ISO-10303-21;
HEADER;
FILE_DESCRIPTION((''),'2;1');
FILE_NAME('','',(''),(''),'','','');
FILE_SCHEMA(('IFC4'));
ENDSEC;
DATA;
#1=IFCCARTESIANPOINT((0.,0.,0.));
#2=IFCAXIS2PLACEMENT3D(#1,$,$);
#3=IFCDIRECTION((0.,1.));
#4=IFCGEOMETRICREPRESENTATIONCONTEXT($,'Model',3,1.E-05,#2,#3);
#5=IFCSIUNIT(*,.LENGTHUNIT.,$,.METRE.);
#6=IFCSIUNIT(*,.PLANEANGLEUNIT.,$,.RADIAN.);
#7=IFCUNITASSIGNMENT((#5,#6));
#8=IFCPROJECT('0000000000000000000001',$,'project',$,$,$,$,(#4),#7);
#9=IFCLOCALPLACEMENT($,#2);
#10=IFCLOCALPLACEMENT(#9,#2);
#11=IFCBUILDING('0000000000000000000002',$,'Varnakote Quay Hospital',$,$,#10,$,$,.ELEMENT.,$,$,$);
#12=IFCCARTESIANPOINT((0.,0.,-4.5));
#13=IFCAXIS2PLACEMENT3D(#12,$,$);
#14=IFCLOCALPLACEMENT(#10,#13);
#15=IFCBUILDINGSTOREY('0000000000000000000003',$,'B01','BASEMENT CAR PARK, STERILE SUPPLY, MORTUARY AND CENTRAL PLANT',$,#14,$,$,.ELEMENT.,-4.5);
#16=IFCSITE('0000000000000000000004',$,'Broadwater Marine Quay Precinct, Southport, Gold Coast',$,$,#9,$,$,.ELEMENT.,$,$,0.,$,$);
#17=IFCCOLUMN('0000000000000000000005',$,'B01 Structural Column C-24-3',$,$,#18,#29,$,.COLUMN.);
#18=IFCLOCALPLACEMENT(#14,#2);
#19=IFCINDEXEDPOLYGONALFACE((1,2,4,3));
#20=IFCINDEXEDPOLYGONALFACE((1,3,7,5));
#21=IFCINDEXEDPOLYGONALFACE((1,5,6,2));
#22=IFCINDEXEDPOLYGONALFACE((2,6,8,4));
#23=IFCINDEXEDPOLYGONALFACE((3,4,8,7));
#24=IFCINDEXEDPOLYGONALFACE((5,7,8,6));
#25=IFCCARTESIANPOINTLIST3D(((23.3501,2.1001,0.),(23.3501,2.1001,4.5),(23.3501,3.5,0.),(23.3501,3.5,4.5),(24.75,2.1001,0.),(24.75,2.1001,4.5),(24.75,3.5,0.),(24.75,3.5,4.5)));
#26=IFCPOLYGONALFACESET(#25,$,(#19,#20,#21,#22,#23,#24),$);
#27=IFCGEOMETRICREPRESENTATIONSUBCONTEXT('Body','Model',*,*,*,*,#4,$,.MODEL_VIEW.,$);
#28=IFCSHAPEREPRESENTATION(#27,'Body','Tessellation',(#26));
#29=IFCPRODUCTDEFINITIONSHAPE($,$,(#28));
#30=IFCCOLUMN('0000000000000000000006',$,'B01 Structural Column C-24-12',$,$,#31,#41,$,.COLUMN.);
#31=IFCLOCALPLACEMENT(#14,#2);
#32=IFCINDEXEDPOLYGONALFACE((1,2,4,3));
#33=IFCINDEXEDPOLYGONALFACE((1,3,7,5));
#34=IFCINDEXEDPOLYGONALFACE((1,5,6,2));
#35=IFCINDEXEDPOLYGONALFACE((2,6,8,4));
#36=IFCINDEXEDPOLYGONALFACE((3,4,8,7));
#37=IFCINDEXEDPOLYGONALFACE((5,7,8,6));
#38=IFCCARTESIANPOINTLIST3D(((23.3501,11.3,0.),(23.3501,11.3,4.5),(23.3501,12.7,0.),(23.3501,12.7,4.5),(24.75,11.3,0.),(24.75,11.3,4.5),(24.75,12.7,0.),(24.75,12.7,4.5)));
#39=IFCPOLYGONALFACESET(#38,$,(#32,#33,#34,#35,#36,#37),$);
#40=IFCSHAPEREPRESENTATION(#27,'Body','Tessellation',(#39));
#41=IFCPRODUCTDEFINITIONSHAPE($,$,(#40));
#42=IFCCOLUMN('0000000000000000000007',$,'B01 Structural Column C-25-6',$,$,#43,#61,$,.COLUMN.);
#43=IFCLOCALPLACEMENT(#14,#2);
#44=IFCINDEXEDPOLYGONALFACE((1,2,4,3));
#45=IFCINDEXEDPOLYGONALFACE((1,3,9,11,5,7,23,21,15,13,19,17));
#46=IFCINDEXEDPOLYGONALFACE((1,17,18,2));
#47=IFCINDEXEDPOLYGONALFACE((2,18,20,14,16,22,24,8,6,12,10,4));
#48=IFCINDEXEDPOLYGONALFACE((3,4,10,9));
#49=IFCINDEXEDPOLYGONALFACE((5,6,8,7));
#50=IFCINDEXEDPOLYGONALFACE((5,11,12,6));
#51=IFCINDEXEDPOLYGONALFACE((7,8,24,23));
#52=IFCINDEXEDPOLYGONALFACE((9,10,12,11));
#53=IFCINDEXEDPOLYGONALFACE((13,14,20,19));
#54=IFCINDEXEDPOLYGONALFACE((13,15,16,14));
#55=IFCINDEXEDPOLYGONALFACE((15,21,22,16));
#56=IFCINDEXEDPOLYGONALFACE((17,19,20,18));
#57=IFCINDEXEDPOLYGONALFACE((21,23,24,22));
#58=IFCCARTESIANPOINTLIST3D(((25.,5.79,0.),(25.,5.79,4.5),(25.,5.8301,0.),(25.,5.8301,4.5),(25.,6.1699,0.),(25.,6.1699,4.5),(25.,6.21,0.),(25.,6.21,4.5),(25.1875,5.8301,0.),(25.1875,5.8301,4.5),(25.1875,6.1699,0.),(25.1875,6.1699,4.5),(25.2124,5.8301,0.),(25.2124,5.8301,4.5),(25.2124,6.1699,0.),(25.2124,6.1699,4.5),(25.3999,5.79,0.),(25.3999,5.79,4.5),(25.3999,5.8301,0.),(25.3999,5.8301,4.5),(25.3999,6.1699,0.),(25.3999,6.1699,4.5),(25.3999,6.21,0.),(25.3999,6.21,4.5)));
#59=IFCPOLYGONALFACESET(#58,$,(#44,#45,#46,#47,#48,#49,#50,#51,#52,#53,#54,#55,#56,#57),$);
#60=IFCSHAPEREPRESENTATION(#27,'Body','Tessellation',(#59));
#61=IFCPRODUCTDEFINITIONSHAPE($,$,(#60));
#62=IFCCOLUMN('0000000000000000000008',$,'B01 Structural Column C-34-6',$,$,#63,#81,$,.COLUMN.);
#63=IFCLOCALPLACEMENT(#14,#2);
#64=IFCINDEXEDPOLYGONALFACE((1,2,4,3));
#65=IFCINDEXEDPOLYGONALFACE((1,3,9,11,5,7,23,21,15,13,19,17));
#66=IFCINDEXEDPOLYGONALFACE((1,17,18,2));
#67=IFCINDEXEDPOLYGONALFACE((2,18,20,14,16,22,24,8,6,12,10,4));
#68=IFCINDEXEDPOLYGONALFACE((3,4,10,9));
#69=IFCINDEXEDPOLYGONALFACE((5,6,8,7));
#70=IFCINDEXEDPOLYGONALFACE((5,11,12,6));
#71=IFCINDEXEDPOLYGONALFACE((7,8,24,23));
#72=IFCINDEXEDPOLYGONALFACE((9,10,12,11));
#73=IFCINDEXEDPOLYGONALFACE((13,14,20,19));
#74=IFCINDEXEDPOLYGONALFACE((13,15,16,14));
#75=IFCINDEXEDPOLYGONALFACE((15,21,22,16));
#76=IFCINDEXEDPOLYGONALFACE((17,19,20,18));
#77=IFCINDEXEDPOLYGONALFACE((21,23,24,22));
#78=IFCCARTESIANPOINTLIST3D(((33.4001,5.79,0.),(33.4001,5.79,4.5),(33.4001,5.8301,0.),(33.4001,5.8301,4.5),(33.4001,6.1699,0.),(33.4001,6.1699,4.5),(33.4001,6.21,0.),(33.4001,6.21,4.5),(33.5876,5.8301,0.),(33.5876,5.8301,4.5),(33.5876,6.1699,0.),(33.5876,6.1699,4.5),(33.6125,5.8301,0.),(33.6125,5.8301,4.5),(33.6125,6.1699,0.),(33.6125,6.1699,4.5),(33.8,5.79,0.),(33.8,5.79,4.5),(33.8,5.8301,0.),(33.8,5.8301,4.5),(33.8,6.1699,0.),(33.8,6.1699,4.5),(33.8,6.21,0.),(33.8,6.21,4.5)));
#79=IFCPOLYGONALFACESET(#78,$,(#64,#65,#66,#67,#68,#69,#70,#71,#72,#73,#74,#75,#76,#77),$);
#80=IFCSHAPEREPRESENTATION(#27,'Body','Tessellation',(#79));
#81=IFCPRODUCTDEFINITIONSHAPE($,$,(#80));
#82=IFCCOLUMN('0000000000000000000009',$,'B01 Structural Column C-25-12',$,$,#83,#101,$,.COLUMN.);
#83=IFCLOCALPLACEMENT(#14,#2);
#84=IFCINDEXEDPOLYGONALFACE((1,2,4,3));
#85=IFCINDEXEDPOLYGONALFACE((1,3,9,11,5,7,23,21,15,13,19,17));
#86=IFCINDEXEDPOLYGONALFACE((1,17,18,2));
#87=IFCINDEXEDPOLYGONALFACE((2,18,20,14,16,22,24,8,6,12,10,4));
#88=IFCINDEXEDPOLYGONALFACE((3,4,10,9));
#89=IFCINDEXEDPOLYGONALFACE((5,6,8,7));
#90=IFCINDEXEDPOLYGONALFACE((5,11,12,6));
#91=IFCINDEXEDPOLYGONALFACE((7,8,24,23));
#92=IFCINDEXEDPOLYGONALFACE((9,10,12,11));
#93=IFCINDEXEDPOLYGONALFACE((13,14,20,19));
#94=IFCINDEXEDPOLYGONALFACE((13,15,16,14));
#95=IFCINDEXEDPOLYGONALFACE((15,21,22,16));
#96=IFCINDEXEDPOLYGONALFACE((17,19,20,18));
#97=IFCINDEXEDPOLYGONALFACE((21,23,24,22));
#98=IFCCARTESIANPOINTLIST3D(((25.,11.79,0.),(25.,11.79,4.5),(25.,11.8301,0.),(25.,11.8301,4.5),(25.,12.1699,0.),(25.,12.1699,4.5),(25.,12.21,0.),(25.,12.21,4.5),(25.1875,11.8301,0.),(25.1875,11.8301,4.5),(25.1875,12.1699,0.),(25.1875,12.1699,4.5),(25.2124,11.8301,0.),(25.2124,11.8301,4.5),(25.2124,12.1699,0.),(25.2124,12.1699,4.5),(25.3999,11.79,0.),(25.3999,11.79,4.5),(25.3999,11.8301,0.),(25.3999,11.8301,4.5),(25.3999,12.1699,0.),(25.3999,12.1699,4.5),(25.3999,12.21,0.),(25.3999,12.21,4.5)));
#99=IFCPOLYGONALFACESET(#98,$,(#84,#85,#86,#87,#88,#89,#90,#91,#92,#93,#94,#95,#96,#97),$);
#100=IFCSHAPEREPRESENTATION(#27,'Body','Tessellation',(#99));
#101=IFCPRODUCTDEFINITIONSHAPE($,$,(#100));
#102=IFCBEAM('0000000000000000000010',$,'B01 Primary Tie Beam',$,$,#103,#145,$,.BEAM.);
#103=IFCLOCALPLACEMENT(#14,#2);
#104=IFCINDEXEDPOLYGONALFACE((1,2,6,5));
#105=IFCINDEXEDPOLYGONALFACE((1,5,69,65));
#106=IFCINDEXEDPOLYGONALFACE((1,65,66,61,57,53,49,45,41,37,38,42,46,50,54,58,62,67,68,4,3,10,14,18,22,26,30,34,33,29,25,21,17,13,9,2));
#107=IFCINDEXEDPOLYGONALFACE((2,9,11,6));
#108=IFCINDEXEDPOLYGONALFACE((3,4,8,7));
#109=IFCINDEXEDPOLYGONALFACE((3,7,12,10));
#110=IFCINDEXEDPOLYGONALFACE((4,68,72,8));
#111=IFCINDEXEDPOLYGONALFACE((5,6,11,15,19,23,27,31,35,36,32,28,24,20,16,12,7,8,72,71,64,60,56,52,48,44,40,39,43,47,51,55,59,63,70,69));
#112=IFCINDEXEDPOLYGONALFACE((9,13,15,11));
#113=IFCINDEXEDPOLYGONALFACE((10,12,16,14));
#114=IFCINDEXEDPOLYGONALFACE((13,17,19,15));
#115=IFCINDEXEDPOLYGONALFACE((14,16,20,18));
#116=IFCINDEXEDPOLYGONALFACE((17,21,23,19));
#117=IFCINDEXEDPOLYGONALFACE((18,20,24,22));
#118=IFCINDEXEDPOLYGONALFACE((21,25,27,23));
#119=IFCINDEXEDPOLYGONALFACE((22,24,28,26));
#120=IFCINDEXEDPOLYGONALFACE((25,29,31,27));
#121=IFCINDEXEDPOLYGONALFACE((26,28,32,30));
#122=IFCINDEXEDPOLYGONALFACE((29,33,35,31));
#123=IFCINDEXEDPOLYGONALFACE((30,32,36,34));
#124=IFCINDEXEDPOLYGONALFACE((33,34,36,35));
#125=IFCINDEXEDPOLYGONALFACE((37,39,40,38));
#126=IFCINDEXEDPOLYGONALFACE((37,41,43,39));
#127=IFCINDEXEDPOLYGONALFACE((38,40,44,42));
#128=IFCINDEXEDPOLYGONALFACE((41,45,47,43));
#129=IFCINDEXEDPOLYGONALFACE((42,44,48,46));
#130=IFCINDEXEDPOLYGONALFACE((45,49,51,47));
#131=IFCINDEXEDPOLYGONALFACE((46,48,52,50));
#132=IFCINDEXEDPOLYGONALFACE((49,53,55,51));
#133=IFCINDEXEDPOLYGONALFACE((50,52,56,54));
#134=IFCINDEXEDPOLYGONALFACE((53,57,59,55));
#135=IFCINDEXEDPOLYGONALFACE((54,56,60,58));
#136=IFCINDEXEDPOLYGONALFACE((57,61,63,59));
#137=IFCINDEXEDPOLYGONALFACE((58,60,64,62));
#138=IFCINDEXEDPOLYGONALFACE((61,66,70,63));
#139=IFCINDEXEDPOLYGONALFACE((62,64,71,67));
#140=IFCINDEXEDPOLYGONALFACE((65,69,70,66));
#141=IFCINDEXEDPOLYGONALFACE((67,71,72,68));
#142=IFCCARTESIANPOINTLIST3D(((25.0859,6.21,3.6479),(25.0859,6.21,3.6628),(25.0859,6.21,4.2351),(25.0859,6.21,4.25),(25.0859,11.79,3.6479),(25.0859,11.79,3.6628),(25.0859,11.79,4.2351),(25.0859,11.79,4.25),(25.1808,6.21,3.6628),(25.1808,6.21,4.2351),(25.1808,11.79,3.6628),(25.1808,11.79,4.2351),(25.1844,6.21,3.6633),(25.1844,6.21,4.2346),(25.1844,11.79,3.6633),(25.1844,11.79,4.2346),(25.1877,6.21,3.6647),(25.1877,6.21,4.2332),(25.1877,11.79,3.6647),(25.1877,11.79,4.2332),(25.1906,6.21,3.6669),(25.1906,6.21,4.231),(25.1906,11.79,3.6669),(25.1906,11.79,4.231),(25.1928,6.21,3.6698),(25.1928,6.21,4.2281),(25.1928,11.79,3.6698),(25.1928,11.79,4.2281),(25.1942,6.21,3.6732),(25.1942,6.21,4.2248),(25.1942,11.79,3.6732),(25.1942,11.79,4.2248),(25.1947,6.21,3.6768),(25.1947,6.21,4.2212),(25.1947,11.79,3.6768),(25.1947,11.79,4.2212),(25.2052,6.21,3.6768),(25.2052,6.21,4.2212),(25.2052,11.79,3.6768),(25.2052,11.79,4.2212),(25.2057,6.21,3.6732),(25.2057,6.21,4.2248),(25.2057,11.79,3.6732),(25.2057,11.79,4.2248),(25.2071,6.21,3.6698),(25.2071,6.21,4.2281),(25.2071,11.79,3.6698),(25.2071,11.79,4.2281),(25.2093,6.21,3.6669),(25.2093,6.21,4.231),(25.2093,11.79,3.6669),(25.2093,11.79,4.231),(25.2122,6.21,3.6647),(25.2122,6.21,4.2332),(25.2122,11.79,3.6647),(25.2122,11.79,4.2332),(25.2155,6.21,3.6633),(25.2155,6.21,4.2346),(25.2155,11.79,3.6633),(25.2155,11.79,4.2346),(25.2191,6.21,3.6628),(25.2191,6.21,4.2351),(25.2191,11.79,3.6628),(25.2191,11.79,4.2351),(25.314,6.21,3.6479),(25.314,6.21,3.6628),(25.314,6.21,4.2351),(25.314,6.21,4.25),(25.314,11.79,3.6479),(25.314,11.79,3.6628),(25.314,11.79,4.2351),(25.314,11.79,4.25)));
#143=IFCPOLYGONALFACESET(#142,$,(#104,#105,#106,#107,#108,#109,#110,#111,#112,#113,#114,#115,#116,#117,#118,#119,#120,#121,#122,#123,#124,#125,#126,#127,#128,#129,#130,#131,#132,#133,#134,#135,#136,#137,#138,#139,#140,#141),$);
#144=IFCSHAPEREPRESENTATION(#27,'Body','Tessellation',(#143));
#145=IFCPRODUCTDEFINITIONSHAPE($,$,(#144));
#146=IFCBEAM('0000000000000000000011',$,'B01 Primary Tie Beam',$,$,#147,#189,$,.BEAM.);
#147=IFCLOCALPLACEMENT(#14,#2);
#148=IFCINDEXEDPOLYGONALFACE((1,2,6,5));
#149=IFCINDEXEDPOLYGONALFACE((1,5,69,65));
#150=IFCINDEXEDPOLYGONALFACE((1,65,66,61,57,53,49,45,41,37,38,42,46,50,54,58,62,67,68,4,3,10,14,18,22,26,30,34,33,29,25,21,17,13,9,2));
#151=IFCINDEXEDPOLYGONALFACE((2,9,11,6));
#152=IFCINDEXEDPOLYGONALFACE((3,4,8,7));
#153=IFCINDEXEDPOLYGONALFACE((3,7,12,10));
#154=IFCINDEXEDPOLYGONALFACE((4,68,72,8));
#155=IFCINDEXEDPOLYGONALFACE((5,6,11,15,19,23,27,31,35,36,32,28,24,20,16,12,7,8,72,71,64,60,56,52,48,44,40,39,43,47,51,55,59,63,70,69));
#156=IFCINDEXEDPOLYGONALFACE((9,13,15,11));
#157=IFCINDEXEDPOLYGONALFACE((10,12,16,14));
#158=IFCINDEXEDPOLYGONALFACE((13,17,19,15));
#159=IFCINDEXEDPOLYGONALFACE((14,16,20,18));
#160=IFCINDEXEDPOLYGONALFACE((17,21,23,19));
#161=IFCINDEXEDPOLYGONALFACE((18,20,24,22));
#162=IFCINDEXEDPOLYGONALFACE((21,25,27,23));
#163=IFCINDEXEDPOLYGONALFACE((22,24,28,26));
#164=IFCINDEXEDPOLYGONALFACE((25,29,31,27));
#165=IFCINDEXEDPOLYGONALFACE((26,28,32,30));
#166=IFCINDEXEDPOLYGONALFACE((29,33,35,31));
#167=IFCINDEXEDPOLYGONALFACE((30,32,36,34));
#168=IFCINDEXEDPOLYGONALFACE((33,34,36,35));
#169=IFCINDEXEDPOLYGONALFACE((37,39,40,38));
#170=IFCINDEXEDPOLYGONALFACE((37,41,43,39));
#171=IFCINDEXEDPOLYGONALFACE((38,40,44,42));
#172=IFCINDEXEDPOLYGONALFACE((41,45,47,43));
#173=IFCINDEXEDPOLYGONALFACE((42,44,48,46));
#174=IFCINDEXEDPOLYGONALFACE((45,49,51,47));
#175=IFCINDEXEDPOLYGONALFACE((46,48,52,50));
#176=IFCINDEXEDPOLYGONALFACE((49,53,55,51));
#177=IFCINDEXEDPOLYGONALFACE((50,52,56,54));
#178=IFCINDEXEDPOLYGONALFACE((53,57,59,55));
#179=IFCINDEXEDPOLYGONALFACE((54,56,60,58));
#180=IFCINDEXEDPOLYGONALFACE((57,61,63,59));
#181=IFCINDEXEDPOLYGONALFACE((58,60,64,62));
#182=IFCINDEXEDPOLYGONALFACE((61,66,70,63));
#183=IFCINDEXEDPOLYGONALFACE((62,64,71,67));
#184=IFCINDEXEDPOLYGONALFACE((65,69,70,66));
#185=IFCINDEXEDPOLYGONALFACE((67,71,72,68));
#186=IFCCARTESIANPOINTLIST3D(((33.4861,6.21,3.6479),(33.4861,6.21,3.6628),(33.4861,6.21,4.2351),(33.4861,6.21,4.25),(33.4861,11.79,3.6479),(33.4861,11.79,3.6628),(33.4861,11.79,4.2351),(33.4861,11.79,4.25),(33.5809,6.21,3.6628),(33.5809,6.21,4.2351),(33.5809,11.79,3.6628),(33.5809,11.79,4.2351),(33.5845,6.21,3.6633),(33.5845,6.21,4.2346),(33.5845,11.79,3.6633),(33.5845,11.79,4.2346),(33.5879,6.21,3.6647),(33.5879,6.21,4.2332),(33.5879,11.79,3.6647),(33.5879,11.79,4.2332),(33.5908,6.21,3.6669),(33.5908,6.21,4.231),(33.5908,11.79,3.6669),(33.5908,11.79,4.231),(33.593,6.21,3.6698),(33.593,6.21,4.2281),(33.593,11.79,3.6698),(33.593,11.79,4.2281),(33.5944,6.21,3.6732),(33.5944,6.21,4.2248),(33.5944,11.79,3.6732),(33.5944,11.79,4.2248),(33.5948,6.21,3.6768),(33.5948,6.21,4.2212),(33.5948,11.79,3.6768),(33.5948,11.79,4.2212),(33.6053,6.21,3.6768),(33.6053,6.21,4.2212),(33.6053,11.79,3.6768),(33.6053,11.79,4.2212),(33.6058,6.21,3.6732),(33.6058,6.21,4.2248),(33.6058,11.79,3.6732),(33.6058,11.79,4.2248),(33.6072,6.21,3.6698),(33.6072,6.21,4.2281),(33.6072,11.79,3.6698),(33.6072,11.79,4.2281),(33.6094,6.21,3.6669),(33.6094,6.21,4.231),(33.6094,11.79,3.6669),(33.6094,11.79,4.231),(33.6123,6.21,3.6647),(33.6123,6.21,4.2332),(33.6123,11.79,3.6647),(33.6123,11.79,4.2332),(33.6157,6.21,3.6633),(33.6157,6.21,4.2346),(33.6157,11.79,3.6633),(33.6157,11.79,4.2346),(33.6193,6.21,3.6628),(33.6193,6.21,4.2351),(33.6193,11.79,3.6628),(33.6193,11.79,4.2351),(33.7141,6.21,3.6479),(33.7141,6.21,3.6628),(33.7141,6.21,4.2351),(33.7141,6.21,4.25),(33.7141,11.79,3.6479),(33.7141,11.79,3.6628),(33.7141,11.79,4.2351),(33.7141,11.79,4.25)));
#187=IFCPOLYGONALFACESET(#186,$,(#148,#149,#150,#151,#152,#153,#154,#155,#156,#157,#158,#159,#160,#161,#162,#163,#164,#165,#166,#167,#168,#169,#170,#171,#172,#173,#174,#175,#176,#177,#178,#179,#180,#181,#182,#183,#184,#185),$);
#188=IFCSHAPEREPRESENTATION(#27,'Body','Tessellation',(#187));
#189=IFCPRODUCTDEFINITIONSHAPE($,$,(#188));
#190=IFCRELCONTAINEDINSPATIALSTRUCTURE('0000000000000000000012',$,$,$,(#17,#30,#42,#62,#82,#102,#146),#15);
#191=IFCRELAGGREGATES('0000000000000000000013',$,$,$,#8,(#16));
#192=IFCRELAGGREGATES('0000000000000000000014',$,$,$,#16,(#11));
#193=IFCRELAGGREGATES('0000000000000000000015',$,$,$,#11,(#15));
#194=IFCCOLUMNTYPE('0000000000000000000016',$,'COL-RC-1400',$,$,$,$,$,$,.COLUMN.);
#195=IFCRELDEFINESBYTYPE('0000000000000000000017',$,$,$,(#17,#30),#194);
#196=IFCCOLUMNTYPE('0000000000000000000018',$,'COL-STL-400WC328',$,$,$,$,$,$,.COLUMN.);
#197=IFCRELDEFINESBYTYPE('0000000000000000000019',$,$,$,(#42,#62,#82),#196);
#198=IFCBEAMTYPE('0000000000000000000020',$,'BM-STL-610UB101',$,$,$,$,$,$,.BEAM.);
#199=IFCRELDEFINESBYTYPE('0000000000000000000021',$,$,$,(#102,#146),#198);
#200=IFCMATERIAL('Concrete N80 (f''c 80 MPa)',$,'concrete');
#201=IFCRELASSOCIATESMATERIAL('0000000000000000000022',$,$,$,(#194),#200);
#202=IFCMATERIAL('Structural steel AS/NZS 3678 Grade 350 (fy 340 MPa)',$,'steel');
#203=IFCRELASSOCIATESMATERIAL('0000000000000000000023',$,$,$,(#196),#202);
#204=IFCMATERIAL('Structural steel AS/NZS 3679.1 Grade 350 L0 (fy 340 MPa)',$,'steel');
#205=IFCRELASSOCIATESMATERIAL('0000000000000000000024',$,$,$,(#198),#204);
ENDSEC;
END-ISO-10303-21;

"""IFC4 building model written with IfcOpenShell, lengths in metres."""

from ifc_helpers import new_model, si_unit, direction, frame, origin, origin_2d, place, context, subcontext, project, spatial, rectangle, i_section, extrude, material, material_profile, profile_set, type_object, element, save


model = new_model("IFC4")

# Units and contexts
model_context = context("Model", 3, precision=1e-05, world=origin(), true_north=direction((0.0, 1.0)))
body_context = subcontext(model_context, "Body", "Model", "MODEL_VIEW")
ifc_project = project(units=[si_unit("LENGTHUNIT", "METRE"), si_unit("PLANEANGLEUNIT", "RADIAN")], contexts=[model_context])

# Site, building, storey
site_placement = place(None, origin())
site = spatial("IfcSite", under=ifc_project, at=site_placement, Name="Broadwater Marine Quay Precinct, Southport, Gold Coast", CompositionType="ELEMENT", RefElevation=0.0)
building_placement = place(site_placement, origin())
building = spatial("IfcBuilding", under=site, at=building_placement, Name="Varnakote Quay Hospital", CompositionType="ELEMENT")
storey_placement = place(building_placement, frame((0.0, 0.0, -4.5)))
storey = spatial("IfcBuildingStorey", under=building, at=storey_placement, Name="B01", Description="BASEMENT CAR PARK, STERILE SUPPLY, MORTUARY AND CENTRAL PLANT", CompositionType="ELEMENT", Elevation=-4.5)

# Columns
ifc_material_1 = material(Name="Concrete N80 (f'c 80 MPa)", Category="concrete")
ifc_material_profile_1 = material_profile(ifc_material_1, rectangle(XDim=1.3999, YDim=1.3999, at=origin_2d()), Name="RC-COL-1400x1400")
ifc_profile_set_1 = profile_set([ifc_material_profile_1], Name="Concrete N80 (f'c 80 MPa)")
column_type_1 = type_object("IfcColumnType", Name="COL-RC-1400", PredefinedType="COLUMN", material=ifc_profile_set_1)
for number, where, z_axis, x_axis, name in (
    (1, (24.05, 2.8, 0.0), (0.0, 0.0, 1.0), (1.0, 0.0, 0.0), "B01 Structural Column C-24-3"),
    (2, (24.05, 12.0, 0.0), (0.0, 0.0, 1.0), (1.0, 0.0, 0.0), "B01 Structural Column C-24-12"),
):
    element("IfcColumn", number, at=place(storey_placement, frame(where, z_axis=z_axis, x_axis=x_axis)), inside=storey, type_object=column_type_1, Name=name, PredefinedType="COLUMN", context=body_context, shape_type="SweptSolid", body=[
        extrude(rectangle(XDim=1.3999, YDim=1.3999, at=origin_2d()), origin(), (0.0, 0.0, 1.0), 4.5),
    ])
ifc_material_2 = material(Name="Structural steel AS/NZS 3678 Grade 350 (fy 340 MPa)", Category="steel")
ifc_material_profile_2 = material_profile(ifc_material_2, i_section(OverallWidth=0.3999, OverallDepth=0.4199, WebThickness=0.0249, FlangeThickness=0.04, at=origin_2d()), Name="400WC328")
ifc_profile_set_2 = profile_set([ifc_material_profile_2], Name="Structural steel AS/NZS 3678 Grade 350 (fy 340 MPa)")
column_type_2 = type_object("IfcColumnType", Name="COL-STL-400WC328", PredefinedType="COLUMN", material=ifc_profile_set_2)
for number, where, z_axis, x_axis, name in (
    (3, (25.2, 6.0, 0.0), (0.0, 0.0, 1.0), (1.0, 0.0, 0.0), "B01 Structural Column C-25-6"),
    (4, (33.6001, 6.0, 0.0), (0.0, 0.0, 1.0), (1.0, 0.0, 0.0), "B01 Structural Column C-34-6"),
    (5, (25.2, 12.0, 0.0), (0.0, 0.0, 1.0), (1.0, 0.0, 0.0), "B01 Structural Column C-25-12"),
):
    element("IfcColumn", number, at=place(storey_placement, frame(where, z_axis=z_axis, x_axis=x_axis)), inside=storey, type_object=column_type_2, Name=name, PredefinedType="COLUMN", context=body_context, shape_type="SweptSolid", body=[
        extrude(i_section(OverallWidth=0.3999, OverallDepth=0.4199, WebThickness=0.0249, FlangeThickness=0.04, at=origin_2d()), origin(), (0.0, 0.0, 1.0), 4.5),
    ])

# Beams
ifc_material_3 = material(Name="Structural steel AS/NZS 3679.1 Grade 350 L0 (fy 340 MPa)", Category="steel")
ifc_material_profile_3 = material_profile(ifc_material_3, i_section(OverallWidth=0.228, OverallDepth=0.6021, WebThickness=0.0105, FlangeThickness=0.0149, FilletRadius=0.0139, at=origin_2d()), Name="610UB101")
ifc_profile_set_3 = profile_set([ifc_material_profile_3], Name="Structural steel AS/NZS 3679.1 Grade 350 L0 (fy 340 MPa)")
beam_type_1 = type_object("IfcBeamType", Name="BM-STL-610UB101", PredefinedType="BEAM", material=ifc_profile_set_3)
for number, where, z_axis, x_axis, name in (
    (6, (25.2, 6.21, 3.949), (0.0, 1.0, 0.0), (-1.0, 0.0, 0.0), "B01 Primary Tie Beam"),
    (7, (33.6001, 6.21, 3.949), (0.0, 1.0, 0.0), (-1.0, 0.0, 0.0), "B01 Primary Tie Beam"),
):
    element("IfcBeam", number, at=place(storey_placement, frame(where, z_axis=z_axis, x_axis=x_axis)), inside=storey, type_object=beam_type_1, Name=name, PredefinedType="BEAM", context=body_context, shape_type="SweptSolid", body=[
        extrude(i_section(OverallWidth=0.228, OverallDepth=0.6021, WebThickness=0.0105, FlangeThickness=0.0149, FilletRadius=0.0139, at=origin_2d()), origin(), (0.0, 0.0, 1.0), 5.5801),
    ])

save(model, "model.ifc")
